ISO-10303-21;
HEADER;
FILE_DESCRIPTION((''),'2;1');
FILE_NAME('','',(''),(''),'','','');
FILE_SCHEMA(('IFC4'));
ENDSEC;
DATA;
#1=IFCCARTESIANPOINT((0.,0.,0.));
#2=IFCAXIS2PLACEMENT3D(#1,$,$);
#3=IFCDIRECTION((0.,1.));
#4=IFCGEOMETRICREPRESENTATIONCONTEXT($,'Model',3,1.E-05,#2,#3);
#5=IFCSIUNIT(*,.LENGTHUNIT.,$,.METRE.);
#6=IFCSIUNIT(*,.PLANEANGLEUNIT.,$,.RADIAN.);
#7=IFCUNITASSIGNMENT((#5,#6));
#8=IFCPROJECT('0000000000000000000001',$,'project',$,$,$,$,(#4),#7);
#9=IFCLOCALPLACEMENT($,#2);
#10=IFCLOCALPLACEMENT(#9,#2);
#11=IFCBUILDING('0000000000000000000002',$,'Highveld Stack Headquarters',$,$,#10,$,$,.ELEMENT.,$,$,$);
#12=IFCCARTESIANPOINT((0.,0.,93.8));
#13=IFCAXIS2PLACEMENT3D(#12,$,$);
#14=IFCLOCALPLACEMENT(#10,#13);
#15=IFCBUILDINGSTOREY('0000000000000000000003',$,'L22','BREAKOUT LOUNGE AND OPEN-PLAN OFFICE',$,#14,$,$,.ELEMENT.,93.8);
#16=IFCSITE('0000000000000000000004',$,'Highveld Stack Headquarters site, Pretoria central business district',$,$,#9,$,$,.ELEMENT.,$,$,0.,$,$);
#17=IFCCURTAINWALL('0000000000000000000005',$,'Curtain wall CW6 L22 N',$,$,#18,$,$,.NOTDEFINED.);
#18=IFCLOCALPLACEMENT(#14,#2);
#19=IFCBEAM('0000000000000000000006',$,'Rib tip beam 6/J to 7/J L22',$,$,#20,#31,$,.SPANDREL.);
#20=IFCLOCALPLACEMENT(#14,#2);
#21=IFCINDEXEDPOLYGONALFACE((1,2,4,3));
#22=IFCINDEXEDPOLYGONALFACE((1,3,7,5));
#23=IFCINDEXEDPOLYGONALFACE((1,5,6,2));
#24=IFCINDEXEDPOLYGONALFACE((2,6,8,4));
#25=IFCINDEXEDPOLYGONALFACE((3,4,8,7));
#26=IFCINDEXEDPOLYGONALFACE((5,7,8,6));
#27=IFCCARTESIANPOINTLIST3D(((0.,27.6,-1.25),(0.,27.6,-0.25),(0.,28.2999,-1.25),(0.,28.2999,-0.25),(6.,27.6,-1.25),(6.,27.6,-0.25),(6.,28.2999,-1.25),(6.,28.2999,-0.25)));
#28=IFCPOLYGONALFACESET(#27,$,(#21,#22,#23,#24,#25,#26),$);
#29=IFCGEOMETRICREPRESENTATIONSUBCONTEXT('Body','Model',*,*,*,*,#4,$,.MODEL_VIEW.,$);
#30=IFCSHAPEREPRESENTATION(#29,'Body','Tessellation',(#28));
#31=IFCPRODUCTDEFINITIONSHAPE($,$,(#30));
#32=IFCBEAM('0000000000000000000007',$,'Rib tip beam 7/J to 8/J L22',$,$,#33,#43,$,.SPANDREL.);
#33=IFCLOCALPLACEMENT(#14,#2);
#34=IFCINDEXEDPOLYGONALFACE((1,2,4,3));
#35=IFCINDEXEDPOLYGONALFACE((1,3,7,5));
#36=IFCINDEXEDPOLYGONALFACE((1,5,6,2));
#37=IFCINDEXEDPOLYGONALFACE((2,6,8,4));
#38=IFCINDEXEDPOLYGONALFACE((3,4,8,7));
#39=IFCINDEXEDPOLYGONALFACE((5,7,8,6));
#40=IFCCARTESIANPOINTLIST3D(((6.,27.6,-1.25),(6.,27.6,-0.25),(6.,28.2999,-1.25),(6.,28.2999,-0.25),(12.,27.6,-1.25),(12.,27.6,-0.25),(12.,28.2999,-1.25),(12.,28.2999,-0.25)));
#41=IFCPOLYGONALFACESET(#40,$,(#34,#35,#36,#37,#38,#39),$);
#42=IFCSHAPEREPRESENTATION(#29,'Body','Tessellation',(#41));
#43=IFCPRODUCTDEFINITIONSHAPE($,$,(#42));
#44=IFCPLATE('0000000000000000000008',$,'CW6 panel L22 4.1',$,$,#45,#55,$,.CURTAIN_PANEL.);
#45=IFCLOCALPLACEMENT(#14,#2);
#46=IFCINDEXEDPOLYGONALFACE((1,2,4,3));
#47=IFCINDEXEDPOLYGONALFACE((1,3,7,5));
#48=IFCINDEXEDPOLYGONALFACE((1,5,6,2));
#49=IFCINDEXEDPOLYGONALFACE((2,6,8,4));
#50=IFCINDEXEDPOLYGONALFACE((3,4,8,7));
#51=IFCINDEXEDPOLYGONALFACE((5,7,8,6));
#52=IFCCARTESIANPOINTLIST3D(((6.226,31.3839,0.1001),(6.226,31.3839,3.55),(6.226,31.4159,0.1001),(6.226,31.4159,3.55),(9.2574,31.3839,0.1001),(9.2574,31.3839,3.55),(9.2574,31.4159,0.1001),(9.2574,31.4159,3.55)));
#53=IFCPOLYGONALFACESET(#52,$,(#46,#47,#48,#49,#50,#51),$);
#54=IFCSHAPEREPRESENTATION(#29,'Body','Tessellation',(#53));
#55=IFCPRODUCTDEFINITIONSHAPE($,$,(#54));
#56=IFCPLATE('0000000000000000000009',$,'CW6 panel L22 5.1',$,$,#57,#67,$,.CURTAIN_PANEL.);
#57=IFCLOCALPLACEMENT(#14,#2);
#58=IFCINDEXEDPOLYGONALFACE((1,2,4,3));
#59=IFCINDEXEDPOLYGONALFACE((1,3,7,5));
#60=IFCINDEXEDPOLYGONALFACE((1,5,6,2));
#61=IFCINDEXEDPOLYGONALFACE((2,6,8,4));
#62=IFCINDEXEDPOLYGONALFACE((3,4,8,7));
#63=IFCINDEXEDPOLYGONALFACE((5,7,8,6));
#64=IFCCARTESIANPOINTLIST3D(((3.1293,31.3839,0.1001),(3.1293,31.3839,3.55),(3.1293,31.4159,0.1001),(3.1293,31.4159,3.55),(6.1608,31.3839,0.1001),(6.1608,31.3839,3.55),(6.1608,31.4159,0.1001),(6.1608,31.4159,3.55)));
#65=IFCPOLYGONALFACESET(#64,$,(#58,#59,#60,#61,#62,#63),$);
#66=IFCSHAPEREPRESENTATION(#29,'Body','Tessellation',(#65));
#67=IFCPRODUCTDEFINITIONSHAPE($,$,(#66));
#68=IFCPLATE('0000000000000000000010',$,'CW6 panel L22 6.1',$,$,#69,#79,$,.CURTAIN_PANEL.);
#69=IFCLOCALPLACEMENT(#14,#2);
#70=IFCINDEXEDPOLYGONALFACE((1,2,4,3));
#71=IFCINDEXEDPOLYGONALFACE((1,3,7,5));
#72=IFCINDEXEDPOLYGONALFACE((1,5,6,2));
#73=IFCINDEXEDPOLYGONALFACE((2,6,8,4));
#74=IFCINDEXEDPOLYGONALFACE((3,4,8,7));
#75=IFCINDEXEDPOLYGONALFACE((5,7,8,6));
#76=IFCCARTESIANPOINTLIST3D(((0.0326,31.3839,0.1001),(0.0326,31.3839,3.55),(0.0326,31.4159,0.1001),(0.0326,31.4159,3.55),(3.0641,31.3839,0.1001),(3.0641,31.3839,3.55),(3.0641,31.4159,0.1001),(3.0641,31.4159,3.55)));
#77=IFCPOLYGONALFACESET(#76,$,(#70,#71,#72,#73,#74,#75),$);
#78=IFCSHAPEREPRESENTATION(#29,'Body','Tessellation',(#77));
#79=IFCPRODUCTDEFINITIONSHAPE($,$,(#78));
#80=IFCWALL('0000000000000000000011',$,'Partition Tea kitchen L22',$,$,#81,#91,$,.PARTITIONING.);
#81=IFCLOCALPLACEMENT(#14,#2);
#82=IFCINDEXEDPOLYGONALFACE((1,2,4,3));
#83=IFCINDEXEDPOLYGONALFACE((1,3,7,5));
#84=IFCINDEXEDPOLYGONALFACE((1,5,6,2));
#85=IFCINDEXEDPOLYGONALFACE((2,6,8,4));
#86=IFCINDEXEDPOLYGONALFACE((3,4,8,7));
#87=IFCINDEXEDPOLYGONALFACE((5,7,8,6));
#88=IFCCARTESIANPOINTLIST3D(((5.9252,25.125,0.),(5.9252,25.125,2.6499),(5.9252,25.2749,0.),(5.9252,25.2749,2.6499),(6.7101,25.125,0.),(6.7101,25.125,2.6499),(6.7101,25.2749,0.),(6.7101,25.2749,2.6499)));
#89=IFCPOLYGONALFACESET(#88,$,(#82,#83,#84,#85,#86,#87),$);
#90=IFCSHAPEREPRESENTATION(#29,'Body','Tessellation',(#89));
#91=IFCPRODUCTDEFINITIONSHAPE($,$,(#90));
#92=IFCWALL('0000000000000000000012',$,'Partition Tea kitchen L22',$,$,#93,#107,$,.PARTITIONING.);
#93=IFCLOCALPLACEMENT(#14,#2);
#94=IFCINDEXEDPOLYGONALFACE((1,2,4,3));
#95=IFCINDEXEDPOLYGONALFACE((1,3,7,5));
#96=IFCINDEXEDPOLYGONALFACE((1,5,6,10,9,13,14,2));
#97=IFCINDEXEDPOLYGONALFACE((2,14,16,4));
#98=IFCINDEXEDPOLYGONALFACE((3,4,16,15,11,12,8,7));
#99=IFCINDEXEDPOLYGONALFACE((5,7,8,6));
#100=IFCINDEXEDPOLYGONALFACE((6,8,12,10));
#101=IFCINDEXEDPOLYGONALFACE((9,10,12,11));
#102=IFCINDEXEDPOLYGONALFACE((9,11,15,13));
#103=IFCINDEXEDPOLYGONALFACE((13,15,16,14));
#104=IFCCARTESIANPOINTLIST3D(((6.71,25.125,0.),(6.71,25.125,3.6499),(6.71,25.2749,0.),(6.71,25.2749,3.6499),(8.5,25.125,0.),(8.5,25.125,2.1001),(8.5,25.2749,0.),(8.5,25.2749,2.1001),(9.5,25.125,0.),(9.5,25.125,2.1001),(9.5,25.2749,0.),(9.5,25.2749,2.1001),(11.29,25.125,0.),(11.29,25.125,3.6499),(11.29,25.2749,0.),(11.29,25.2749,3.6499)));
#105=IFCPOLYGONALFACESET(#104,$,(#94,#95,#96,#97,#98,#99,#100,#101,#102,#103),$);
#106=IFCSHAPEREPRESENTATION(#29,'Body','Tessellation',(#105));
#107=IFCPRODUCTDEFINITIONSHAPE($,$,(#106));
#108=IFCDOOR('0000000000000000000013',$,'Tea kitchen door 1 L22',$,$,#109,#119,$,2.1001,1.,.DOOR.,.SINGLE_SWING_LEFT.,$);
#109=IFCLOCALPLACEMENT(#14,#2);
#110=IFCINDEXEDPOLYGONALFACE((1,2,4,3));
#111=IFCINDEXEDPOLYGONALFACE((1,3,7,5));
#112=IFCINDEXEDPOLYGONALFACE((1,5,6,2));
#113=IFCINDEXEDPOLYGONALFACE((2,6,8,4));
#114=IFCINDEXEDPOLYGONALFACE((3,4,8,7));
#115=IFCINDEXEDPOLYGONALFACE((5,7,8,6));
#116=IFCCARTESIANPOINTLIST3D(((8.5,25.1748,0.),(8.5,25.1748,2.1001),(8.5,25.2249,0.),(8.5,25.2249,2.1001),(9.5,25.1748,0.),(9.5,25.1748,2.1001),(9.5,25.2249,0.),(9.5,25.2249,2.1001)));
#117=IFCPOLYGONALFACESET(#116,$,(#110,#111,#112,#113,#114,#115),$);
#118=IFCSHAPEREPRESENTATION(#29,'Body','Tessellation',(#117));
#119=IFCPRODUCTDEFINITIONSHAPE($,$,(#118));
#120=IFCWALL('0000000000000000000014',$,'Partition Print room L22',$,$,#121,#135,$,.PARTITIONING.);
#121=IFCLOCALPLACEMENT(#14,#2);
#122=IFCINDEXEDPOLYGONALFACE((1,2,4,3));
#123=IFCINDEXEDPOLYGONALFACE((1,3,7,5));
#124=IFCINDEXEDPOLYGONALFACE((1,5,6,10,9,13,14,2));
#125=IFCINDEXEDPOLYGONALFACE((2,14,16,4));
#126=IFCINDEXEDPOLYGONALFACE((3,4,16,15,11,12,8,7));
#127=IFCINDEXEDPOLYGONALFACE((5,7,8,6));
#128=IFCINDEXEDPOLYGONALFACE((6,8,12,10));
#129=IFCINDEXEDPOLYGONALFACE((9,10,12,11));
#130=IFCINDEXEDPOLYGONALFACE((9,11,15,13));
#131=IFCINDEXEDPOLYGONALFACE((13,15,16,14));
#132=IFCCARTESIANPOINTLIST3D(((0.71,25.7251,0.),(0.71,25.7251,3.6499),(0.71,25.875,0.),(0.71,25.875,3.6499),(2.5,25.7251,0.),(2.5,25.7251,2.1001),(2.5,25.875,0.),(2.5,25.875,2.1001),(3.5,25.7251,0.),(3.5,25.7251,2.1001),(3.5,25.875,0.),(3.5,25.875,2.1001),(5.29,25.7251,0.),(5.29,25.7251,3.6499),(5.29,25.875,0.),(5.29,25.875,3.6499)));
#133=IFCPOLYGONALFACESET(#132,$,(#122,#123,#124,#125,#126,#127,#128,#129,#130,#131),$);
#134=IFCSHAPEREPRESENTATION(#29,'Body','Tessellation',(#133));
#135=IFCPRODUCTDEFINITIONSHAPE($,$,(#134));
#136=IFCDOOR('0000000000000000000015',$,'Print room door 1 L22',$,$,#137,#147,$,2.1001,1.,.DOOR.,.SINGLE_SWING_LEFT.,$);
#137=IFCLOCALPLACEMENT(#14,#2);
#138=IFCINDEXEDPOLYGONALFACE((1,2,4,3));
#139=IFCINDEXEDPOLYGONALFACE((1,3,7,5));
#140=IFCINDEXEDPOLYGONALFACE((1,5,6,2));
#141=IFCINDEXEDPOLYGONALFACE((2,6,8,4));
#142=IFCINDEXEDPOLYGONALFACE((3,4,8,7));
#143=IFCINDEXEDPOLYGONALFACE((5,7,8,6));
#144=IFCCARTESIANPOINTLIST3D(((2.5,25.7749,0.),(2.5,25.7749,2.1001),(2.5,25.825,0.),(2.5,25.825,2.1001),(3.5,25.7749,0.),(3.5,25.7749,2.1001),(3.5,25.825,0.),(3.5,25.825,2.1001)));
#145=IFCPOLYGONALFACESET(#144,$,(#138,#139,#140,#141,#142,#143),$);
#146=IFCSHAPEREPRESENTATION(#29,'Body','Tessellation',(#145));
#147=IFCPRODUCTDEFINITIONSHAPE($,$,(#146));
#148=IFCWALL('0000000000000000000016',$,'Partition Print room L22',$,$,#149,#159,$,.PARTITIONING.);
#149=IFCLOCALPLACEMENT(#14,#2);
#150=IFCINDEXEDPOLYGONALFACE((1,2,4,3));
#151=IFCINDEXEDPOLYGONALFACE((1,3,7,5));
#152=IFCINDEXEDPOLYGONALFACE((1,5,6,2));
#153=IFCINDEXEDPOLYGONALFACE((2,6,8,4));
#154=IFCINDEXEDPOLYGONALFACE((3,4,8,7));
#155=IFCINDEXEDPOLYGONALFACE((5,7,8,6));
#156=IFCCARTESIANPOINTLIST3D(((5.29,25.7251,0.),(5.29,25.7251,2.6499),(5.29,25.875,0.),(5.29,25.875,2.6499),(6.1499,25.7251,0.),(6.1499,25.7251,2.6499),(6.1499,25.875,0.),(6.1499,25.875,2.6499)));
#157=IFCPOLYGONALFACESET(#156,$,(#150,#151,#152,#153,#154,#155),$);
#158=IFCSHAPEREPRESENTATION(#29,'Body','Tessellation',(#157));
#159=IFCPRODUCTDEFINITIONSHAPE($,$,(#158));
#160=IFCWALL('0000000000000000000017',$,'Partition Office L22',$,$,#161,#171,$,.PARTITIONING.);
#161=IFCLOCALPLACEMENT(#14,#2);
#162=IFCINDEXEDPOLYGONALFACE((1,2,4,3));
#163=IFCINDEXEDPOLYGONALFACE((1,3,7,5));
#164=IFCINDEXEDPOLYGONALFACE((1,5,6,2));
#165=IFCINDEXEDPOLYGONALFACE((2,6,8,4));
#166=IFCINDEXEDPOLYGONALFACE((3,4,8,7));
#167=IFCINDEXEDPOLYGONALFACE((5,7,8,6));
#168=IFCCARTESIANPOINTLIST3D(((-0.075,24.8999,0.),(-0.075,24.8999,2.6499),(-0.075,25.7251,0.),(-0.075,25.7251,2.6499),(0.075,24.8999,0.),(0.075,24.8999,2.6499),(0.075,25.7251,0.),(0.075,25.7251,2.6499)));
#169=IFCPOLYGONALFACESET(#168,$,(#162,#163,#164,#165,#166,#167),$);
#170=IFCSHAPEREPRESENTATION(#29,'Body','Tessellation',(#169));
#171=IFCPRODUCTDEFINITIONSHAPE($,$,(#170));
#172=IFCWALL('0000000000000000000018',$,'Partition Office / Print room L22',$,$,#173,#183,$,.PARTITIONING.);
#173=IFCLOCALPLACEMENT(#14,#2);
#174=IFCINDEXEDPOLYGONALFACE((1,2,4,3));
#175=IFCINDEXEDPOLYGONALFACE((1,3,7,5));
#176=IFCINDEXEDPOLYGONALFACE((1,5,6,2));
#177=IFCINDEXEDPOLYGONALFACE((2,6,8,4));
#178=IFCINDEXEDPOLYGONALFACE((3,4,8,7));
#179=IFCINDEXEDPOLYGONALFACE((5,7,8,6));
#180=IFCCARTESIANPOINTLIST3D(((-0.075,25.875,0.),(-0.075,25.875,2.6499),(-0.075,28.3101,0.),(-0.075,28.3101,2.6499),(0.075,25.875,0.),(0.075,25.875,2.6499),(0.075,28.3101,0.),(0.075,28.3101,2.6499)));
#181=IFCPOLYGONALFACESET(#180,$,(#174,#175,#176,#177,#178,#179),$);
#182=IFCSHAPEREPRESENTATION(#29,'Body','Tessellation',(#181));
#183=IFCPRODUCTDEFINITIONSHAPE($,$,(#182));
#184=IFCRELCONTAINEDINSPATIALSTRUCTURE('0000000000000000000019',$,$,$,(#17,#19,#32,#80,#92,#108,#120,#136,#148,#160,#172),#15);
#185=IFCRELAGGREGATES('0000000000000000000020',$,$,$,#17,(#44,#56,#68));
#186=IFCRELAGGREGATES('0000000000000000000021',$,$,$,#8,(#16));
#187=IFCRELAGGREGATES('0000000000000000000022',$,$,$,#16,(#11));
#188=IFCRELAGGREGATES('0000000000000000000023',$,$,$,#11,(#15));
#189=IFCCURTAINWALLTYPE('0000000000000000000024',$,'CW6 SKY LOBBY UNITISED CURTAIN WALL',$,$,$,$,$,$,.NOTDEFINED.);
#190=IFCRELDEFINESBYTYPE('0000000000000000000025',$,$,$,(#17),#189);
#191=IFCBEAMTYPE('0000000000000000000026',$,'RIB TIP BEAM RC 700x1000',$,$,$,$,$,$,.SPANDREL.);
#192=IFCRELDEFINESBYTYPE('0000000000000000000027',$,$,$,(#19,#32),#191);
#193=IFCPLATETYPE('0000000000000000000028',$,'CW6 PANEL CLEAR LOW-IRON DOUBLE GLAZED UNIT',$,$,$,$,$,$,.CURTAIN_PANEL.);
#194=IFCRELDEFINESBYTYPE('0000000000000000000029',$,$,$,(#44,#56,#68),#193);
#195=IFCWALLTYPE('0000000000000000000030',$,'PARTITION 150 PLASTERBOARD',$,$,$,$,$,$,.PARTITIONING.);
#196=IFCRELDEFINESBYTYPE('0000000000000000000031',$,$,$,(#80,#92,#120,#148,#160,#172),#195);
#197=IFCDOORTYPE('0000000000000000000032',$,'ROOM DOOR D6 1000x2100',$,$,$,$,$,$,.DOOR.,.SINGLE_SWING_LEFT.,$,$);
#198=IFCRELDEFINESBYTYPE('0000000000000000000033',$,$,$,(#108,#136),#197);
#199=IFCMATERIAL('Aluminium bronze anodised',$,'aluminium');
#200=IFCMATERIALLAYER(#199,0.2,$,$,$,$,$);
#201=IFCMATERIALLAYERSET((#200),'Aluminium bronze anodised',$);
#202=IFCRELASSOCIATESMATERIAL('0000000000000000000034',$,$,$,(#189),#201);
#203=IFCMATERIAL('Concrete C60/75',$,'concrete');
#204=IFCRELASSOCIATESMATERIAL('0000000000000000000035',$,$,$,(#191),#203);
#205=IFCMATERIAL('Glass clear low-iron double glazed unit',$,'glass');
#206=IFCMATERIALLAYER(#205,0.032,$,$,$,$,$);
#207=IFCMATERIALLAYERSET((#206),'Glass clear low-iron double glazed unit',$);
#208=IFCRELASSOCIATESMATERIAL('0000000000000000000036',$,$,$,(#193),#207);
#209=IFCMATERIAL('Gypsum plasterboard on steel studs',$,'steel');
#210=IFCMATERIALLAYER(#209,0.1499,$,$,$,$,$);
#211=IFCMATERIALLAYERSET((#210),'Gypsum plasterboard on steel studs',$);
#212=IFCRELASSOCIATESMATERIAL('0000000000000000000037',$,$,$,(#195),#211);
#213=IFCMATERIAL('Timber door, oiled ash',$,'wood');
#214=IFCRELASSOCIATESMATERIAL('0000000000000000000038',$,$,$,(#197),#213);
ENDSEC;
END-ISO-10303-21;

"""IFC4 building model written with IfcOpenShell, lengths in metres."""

from ifc_helpers import new_model, si_unit, direction, frame, frame_2d, origin, origin_2d, place, context, subcontext, project, spatial, rectangle, extrude, material, layer, layer_set, material_profile, profile_set, type_object, element, fill, aggregate, save


model = new_model("IFC4")

# Units and contexts
model_context = context("Model", 3, precision=1e-05, world=origin(), true_north=direction((0.0, 1.0)))
body_context = subcontext(model_context, "Body", "Model", "MODEL_VIEW")
ifc_project = project(units=[si_unit("LENGTHUNIT", "METRE"), si_unit("PLANEANGLEUNIT", "RADIAN")], contexts=[model_context])

# Site, building, storey
site_placement = place(None, origin())
site = spatial("IfcSite", under=ifc_project, at=site_placement, Name="Highveld Stack Headquarters site, Pretoria central business district", CompositionType="ELEMENT", RefElevation=0.0)
building_placement = place(site_placement, origin())
building = spatial("IfcBuilding", under=site, at=building_placement, Name="Highveld Stack Headquarters", CompositionType="ELEMENT")
storey_placement = place(building_placement, frame((0.0, 0.0, 93.8)))
storey = spatial("IfcBuildingStorey", under=building, at=storey_placement, Name="L22", Description="BREAKOUT LOUNGE AND OPEN-PLAN OFFICE", CompositionType="ELEMENT", Elevation=93.8)

# Curtain wall
ifc_material_1 = material(Name="Aluminium bronze anodised", Category="aluminium")
ifc_layer_1 = layer(ifc_material_1, 0.2)
ifc_layer_set_1 = layer_set([ifc_layer_1], Name="Aluminium bronze anodised")
curtain_wall_type = type_object("IfcCurtainWallType", Name="CW6 SKY LOBBY UNITISED CURTAIN WALL", PredefinedType="NOTDEFINED", material=ifc_layer_set_1)
curtain_wall_placement = place(storey_placement, origin())
curtain_wall = element("IfcCurtainWall", 1, at=curtain_wall_placement, inside=storey, type_object=curtain_wall_type, Name="Curtain wall CW6 L22 N", PredefinedType="NOTDEFINED")

# Beams
ifc_material_2 = material(Name="Concrete C60/75", Category="concrete")
ifc_material_profile_1 = material_profile(ifc_material_2, rectangle(XDim=0.7, YDim=1.0, at=origin_2d()), Name="RC 700x1000")
ifc_profile_set_1 = profile_set([ifc_material_profile_1], Name="Concrete C60/75")
beam_type_1 = type_object("IfcBeamType", Name="RIB TIP BEAM RC 700x1000", PredefinedType="SPANDREL", material=ifc_profile_set_1)
for number, where, z_axis, x_axis, name in (
    (2, (0.0, 27.95, -0.75), (1.0, 0.0, 0.0), (0.0, 1.0, 0.0), "Rib tip beam 6/J to 7/J L22"),
    (3, (6.0, 27.95, -0.75), (1.0, 0.0, 0.0), (0.0, 1.0, 0.0), "Rib tip beam 7/J to 8/J L22"),
):
    element("IfcBeam", number, at=place(storey_placement, frame(where, z_axis=z_axis, x_axis=x_axis)), inside=storey, type_object=beam_type_1, Name=name, PredefinedType="SPANDREL", context=body_context, shape_type="SweptSolid", body=[
        extrude(rectangle(XDim=0.7, YDim=1.0, at=origin_2d()), origin(), (0.0, 0.0, 1.0), 6.0),
    ])

# Plates
ifc_material_3 = material(Name="Glass clear low-iron double glazed unit", Category="glass")
ifc_layer_2 = layer(ifc_material_3, 0.032)
ifc_layer_set_2 = layer_set([ifc_layer_2], Name="Glass clear low-iron double glazed unit")
plate_type = type_object("IfcPlateType", Name="CW6 PANEL CLEAR LOW-IRON DOUBLE GLAZED UNIT", PredefinedType="CURTAIN_PANEL", material=ifc_layer_set_2)
plate_1_placement = place(storey_placement, frame((7.7417, 31.3999, 0.1001), z_axis=(0.0, 0.0, 1.0), x_axis=(-1.0, 0.0, 0.0)))
plate_1 = element("IfcPlate", 4, at=plate_1_placement, type_object=plate_type, Name="CW6 panel L22 4.1", PredefinedType="CURTAIN_PANEL", context=body_context, shape_type="SweptSolid", body=[
    extrude(rectangle(XDim=3.0315, YDim=0.032, at=origin_2d()), origin(), (0.0, 0.0, 1.0), 3.45),
])
plate_2_placement = place(storey_placement, frame((4.645, 31.3999, 0.1001), z_axis=(0.0, 0.0, 1.0), x_axis=(-1.0, 0.0, 0.0)))
plate_2 = element("IfcPlate", 5, at=plate_2_placement, type_object=plate_type, Name="CW6 panel L22 5.1", PredefinedType="CURTAIN_PANEL", context=body_context, shape_type="SweptSolid", body=[
    extrude(rectangle(XDim=3.0315, YDim=0.032, at=origin_2d()), origin(), (0.0, 0.0, 1.0), 3.45),
])
plate_3_placement = place(storey_placement, frame((1.5483, 31.3999, 0.1001), z_axis=(0.0, 0.0, 1.0), x_axis=(-1.0, 0.0, 0.0)))
plate_3 = element("IfcPlate", 6, at=plate_3_placement, type_object=plate_type, Name="CW6 panel L22 6.1", PredefinedType="CURTAIN_PANEL", context=body_context, shape_type="SweptSolid", body=[
    extrude(rectangle(XDim=3.0315, YDim=0.032, at=origin_2d()), origin(), (0.0, 0.0, 1.0), 3.45),
])
aggregate(curtain_wall, [plate_1, plate_2, plate_3])

# Wall
ifc_material_4 = material(Name="Gypsum plasterboard on steel studs", Category="steel")
ifc_layer_3 = layer(ifc_material_4, 0.1499)
ifc_layer_set_3 = layer_set([ifc_layer_3], Name="Gypsum plasterboard on steel studs")
wall_type = type_object("IfcWallType", Name="PARTITION 150 PLASTERBOARD", PredefinedType="PARTITIONING", material=ifc_layer_set_3)
wall_1_placement = place(storey_placement, frame((5.925, 25.2, 0.0), z_axis=(0.0, 0.0, 1.0), x_axis=(1.0, 0.0, 0.0)))
element("IfcWall", 7, at=wall_1_placement, inside=storey, type_object=wall_type, Name="Partition Tea kitchen L22", PredefinedType="PARTITIONING", context=body_context, shape_type="SweptSolid", body=[
    extrude(rectangle(XDim=0.7849, YDim=0.1499, at=frame_2d((0.3926, 0.0))), origin(), (0.0, 0.0, 1.0), 2.6499),
])

# Walls, openings, doors
wall_2_placement = place(storey_placement, frame((6.71, 25.2, 0.0), z_axis=(0.0, 0.0, 1.0), x_axis=(1.0, 0.0, 0.0)))
wall_2 = element("IfcWall", 8, at=wall_2_placement, inside=storey, type_object=wall_type, Name="Partition Tea kitchen L22", PredefinedType="PARTITIONING", context=body_context, shape_type="SweptSolid", body=[
    extrude(rectangle(XDim=4.5801, YDim=0.1499, at=frame_2d((2.29, 0.0))), origin(), (0.0, 0.0, 1.0), 3.6499),
])
opening_1_placement = place(wall_2_placement, frame((1.79, 0.0, 0.0)))
opening_1 = element("IfcOpeningElement", 9, at=opening_1_placement, cuts=wall_2, PredefinedType="OPENING", context=body_context, shape_type="SweptSolid", body=[
    extrude(rectangle(XDim=1.0, YDim=2.1001, at=frame_2d((0.5, 1.05))), frame((0.0, 0.085, 0.0), z_axis=(0.0, -1.0, 0.0), x_axis=(1.0, 0.0, 0.0)), (0.0, 0.0, 1.0), 0.1699),
])
ifc_material_5 = material(Name="Timber door, oiled ash", Category="wood")
door_type = type_object("IfcDoorType", Name="ROOM DOOR D6 1000x2100", OperationType="SINGLE_SWING_LEFT", PredefinedType="DOOR", material=ifc_material_5)
door_1_placement = place(opening_1_placement, origin())
door_1 = element("IfcDoor", 10, at=door_1_placement, inside=storey, type_object=door_type, Name="Tea kitchen door 1 L22", OperationType="SINGLE_SWING_LEFT", OverallHeight=2.1001, OverallWidth=1.0, PredefinedType="DOOR", context=body_context, shape_type="SweptSolid", body=[
    extrude(rectangle(XDim=1.0, YDim=2.1001, at=frame_2d((0.5, 1.05))), frame((0.0, 0.0249, 0.0), z_axis=(0.0, -1.0, 0.0), x_axis=(1.0, 0.0, 0.0)), (0.0, 0.0, 1.0), 0.05),
])
fill(opening_1, door_1)
wall_3_placement = place(storey_placement, frame((0.71, 25.8, 0.0), z_axis=(0.0, 0.0, 1.0), x_axis=(1.0, 0.0, 0.0)))
wall_3 = element("IfcWall", 11, at=wall_3_placement, inside=storey, type_object=wall_type, Name="Partition Print room L22", PredefinedType="PARTITIONING", context=body_context, shape_type="SweptSolid", body=[
    extrude(rectangle(XDim=4.5801, YDim=0.1499, at=frame_2d((2.29, 0.0))), origin(), (0.0, 0.0, 1.0), 3.6499),
])
opening_2_placement = place(wall_3_placement, frame((1.79, 0.0, 0.0)))
opening_2 = element("IfcOpeningElement", 12, at=opening_2_placement, cuts=wall_3, PredefinedType="OPENING", context=body_context, shape_type="SweptSolid", body=[
    extrude(rectangle(XDim=1.0, YDim=2.1001, at=frame_2d((0.5, 1.05))), frame((0.0, 0.085, 0.0), z_axis=(0.0, -1.0, 0.0), x_axis=(1.0, 0.0, 0.0)), (0.0, 0.0, 1.0), 0.1699),
])
door_2_placement = place(opening_2_placement, origin())
door_2 = element("IfcDoor", 13, at=door_2_placement, inside=storey, type_object=door_type, Name="Print room door 1 L22", OperationType="SINGLE_SWING_LEFT", OverallHeight=2.1001, OverallWidth=1.0, PredefinedType="DOOR", context=body_context, shape_type="SweptSolid", body=[
    extrude(rectangle(XDim=1.0, YDim=2.1001, at=frame_2d((0.5, 1.05))), frame((0.0, 0.0249, 0.0), z_axis=(0.0, -1.0, 0.0), x_axis=(1.0, 0.0, 0.0)), (0.0, 0.0, 1.0), 0.05),
])
fill(opening_2, door_2)

# Walls
wall_4_placement = place(storey_placement, frame((5.29, 25.8, 0.0), z_axis=(0.0, 0.0, 1.0), x_axis=(1.0, 0.0, 0.0)))
element("IfcWall", 14, at=wall_4_placement, inside=storey, type_object=wall_type, Name="Partition Print room L22", PredefinedType="PARTITIONING", context=body_context, shape_type="SweptSolid", body=[
    extrude(rectangle(XDim=0.8599, YDim=0.1499, at=frame_2d((0.4299, 0.0))), origin(), (0.0, 0.0, 1.0), 2.6499),
])
wall_5_placement = place(storey_placement, frame((0.0, 24.8999, 0.0), z_axis=(0.0, 0.0, 1.0), x_axis=(0.0, 1.0, 0.0)))
element("IfcWall", 15, at=wall_5_placement, inside=storey, type_object=wall_type, Name="Partition Office L22", PredefinedType="PARTITIONING", context=body_context, shape_type="SweptSolid", body=[
    extrude(rectangle(XDim=0.8252, YDim=0.1499, at=frame_2d((0.4126, 0.0))), origin(), (0.0, 0.0, 1.0), 2.6499),
])
wall_6_placement = place(storey_placement, frame((0.0, 25.875, 0.0), z_axis=(0.0, 0.0, 1.0), x_axis=(0.0, 1.0, 0.0)))
element("IfcWall", 16, at=wall_6_placement, inside=storey, type_object=wall_type, Name="Partition Office / Print room L22", PredefinedType="PARTITIONING", context=body_context, shape_type="SweptSolid", body=[
    extrude(rectangle(XDim=2.4351, YDim=0.1499, at=frame_2d((1.2175, 0.0))), origin(), (0.0, 0.0, 1.0), 2.6499),
])

save(model, "model.ifc")
